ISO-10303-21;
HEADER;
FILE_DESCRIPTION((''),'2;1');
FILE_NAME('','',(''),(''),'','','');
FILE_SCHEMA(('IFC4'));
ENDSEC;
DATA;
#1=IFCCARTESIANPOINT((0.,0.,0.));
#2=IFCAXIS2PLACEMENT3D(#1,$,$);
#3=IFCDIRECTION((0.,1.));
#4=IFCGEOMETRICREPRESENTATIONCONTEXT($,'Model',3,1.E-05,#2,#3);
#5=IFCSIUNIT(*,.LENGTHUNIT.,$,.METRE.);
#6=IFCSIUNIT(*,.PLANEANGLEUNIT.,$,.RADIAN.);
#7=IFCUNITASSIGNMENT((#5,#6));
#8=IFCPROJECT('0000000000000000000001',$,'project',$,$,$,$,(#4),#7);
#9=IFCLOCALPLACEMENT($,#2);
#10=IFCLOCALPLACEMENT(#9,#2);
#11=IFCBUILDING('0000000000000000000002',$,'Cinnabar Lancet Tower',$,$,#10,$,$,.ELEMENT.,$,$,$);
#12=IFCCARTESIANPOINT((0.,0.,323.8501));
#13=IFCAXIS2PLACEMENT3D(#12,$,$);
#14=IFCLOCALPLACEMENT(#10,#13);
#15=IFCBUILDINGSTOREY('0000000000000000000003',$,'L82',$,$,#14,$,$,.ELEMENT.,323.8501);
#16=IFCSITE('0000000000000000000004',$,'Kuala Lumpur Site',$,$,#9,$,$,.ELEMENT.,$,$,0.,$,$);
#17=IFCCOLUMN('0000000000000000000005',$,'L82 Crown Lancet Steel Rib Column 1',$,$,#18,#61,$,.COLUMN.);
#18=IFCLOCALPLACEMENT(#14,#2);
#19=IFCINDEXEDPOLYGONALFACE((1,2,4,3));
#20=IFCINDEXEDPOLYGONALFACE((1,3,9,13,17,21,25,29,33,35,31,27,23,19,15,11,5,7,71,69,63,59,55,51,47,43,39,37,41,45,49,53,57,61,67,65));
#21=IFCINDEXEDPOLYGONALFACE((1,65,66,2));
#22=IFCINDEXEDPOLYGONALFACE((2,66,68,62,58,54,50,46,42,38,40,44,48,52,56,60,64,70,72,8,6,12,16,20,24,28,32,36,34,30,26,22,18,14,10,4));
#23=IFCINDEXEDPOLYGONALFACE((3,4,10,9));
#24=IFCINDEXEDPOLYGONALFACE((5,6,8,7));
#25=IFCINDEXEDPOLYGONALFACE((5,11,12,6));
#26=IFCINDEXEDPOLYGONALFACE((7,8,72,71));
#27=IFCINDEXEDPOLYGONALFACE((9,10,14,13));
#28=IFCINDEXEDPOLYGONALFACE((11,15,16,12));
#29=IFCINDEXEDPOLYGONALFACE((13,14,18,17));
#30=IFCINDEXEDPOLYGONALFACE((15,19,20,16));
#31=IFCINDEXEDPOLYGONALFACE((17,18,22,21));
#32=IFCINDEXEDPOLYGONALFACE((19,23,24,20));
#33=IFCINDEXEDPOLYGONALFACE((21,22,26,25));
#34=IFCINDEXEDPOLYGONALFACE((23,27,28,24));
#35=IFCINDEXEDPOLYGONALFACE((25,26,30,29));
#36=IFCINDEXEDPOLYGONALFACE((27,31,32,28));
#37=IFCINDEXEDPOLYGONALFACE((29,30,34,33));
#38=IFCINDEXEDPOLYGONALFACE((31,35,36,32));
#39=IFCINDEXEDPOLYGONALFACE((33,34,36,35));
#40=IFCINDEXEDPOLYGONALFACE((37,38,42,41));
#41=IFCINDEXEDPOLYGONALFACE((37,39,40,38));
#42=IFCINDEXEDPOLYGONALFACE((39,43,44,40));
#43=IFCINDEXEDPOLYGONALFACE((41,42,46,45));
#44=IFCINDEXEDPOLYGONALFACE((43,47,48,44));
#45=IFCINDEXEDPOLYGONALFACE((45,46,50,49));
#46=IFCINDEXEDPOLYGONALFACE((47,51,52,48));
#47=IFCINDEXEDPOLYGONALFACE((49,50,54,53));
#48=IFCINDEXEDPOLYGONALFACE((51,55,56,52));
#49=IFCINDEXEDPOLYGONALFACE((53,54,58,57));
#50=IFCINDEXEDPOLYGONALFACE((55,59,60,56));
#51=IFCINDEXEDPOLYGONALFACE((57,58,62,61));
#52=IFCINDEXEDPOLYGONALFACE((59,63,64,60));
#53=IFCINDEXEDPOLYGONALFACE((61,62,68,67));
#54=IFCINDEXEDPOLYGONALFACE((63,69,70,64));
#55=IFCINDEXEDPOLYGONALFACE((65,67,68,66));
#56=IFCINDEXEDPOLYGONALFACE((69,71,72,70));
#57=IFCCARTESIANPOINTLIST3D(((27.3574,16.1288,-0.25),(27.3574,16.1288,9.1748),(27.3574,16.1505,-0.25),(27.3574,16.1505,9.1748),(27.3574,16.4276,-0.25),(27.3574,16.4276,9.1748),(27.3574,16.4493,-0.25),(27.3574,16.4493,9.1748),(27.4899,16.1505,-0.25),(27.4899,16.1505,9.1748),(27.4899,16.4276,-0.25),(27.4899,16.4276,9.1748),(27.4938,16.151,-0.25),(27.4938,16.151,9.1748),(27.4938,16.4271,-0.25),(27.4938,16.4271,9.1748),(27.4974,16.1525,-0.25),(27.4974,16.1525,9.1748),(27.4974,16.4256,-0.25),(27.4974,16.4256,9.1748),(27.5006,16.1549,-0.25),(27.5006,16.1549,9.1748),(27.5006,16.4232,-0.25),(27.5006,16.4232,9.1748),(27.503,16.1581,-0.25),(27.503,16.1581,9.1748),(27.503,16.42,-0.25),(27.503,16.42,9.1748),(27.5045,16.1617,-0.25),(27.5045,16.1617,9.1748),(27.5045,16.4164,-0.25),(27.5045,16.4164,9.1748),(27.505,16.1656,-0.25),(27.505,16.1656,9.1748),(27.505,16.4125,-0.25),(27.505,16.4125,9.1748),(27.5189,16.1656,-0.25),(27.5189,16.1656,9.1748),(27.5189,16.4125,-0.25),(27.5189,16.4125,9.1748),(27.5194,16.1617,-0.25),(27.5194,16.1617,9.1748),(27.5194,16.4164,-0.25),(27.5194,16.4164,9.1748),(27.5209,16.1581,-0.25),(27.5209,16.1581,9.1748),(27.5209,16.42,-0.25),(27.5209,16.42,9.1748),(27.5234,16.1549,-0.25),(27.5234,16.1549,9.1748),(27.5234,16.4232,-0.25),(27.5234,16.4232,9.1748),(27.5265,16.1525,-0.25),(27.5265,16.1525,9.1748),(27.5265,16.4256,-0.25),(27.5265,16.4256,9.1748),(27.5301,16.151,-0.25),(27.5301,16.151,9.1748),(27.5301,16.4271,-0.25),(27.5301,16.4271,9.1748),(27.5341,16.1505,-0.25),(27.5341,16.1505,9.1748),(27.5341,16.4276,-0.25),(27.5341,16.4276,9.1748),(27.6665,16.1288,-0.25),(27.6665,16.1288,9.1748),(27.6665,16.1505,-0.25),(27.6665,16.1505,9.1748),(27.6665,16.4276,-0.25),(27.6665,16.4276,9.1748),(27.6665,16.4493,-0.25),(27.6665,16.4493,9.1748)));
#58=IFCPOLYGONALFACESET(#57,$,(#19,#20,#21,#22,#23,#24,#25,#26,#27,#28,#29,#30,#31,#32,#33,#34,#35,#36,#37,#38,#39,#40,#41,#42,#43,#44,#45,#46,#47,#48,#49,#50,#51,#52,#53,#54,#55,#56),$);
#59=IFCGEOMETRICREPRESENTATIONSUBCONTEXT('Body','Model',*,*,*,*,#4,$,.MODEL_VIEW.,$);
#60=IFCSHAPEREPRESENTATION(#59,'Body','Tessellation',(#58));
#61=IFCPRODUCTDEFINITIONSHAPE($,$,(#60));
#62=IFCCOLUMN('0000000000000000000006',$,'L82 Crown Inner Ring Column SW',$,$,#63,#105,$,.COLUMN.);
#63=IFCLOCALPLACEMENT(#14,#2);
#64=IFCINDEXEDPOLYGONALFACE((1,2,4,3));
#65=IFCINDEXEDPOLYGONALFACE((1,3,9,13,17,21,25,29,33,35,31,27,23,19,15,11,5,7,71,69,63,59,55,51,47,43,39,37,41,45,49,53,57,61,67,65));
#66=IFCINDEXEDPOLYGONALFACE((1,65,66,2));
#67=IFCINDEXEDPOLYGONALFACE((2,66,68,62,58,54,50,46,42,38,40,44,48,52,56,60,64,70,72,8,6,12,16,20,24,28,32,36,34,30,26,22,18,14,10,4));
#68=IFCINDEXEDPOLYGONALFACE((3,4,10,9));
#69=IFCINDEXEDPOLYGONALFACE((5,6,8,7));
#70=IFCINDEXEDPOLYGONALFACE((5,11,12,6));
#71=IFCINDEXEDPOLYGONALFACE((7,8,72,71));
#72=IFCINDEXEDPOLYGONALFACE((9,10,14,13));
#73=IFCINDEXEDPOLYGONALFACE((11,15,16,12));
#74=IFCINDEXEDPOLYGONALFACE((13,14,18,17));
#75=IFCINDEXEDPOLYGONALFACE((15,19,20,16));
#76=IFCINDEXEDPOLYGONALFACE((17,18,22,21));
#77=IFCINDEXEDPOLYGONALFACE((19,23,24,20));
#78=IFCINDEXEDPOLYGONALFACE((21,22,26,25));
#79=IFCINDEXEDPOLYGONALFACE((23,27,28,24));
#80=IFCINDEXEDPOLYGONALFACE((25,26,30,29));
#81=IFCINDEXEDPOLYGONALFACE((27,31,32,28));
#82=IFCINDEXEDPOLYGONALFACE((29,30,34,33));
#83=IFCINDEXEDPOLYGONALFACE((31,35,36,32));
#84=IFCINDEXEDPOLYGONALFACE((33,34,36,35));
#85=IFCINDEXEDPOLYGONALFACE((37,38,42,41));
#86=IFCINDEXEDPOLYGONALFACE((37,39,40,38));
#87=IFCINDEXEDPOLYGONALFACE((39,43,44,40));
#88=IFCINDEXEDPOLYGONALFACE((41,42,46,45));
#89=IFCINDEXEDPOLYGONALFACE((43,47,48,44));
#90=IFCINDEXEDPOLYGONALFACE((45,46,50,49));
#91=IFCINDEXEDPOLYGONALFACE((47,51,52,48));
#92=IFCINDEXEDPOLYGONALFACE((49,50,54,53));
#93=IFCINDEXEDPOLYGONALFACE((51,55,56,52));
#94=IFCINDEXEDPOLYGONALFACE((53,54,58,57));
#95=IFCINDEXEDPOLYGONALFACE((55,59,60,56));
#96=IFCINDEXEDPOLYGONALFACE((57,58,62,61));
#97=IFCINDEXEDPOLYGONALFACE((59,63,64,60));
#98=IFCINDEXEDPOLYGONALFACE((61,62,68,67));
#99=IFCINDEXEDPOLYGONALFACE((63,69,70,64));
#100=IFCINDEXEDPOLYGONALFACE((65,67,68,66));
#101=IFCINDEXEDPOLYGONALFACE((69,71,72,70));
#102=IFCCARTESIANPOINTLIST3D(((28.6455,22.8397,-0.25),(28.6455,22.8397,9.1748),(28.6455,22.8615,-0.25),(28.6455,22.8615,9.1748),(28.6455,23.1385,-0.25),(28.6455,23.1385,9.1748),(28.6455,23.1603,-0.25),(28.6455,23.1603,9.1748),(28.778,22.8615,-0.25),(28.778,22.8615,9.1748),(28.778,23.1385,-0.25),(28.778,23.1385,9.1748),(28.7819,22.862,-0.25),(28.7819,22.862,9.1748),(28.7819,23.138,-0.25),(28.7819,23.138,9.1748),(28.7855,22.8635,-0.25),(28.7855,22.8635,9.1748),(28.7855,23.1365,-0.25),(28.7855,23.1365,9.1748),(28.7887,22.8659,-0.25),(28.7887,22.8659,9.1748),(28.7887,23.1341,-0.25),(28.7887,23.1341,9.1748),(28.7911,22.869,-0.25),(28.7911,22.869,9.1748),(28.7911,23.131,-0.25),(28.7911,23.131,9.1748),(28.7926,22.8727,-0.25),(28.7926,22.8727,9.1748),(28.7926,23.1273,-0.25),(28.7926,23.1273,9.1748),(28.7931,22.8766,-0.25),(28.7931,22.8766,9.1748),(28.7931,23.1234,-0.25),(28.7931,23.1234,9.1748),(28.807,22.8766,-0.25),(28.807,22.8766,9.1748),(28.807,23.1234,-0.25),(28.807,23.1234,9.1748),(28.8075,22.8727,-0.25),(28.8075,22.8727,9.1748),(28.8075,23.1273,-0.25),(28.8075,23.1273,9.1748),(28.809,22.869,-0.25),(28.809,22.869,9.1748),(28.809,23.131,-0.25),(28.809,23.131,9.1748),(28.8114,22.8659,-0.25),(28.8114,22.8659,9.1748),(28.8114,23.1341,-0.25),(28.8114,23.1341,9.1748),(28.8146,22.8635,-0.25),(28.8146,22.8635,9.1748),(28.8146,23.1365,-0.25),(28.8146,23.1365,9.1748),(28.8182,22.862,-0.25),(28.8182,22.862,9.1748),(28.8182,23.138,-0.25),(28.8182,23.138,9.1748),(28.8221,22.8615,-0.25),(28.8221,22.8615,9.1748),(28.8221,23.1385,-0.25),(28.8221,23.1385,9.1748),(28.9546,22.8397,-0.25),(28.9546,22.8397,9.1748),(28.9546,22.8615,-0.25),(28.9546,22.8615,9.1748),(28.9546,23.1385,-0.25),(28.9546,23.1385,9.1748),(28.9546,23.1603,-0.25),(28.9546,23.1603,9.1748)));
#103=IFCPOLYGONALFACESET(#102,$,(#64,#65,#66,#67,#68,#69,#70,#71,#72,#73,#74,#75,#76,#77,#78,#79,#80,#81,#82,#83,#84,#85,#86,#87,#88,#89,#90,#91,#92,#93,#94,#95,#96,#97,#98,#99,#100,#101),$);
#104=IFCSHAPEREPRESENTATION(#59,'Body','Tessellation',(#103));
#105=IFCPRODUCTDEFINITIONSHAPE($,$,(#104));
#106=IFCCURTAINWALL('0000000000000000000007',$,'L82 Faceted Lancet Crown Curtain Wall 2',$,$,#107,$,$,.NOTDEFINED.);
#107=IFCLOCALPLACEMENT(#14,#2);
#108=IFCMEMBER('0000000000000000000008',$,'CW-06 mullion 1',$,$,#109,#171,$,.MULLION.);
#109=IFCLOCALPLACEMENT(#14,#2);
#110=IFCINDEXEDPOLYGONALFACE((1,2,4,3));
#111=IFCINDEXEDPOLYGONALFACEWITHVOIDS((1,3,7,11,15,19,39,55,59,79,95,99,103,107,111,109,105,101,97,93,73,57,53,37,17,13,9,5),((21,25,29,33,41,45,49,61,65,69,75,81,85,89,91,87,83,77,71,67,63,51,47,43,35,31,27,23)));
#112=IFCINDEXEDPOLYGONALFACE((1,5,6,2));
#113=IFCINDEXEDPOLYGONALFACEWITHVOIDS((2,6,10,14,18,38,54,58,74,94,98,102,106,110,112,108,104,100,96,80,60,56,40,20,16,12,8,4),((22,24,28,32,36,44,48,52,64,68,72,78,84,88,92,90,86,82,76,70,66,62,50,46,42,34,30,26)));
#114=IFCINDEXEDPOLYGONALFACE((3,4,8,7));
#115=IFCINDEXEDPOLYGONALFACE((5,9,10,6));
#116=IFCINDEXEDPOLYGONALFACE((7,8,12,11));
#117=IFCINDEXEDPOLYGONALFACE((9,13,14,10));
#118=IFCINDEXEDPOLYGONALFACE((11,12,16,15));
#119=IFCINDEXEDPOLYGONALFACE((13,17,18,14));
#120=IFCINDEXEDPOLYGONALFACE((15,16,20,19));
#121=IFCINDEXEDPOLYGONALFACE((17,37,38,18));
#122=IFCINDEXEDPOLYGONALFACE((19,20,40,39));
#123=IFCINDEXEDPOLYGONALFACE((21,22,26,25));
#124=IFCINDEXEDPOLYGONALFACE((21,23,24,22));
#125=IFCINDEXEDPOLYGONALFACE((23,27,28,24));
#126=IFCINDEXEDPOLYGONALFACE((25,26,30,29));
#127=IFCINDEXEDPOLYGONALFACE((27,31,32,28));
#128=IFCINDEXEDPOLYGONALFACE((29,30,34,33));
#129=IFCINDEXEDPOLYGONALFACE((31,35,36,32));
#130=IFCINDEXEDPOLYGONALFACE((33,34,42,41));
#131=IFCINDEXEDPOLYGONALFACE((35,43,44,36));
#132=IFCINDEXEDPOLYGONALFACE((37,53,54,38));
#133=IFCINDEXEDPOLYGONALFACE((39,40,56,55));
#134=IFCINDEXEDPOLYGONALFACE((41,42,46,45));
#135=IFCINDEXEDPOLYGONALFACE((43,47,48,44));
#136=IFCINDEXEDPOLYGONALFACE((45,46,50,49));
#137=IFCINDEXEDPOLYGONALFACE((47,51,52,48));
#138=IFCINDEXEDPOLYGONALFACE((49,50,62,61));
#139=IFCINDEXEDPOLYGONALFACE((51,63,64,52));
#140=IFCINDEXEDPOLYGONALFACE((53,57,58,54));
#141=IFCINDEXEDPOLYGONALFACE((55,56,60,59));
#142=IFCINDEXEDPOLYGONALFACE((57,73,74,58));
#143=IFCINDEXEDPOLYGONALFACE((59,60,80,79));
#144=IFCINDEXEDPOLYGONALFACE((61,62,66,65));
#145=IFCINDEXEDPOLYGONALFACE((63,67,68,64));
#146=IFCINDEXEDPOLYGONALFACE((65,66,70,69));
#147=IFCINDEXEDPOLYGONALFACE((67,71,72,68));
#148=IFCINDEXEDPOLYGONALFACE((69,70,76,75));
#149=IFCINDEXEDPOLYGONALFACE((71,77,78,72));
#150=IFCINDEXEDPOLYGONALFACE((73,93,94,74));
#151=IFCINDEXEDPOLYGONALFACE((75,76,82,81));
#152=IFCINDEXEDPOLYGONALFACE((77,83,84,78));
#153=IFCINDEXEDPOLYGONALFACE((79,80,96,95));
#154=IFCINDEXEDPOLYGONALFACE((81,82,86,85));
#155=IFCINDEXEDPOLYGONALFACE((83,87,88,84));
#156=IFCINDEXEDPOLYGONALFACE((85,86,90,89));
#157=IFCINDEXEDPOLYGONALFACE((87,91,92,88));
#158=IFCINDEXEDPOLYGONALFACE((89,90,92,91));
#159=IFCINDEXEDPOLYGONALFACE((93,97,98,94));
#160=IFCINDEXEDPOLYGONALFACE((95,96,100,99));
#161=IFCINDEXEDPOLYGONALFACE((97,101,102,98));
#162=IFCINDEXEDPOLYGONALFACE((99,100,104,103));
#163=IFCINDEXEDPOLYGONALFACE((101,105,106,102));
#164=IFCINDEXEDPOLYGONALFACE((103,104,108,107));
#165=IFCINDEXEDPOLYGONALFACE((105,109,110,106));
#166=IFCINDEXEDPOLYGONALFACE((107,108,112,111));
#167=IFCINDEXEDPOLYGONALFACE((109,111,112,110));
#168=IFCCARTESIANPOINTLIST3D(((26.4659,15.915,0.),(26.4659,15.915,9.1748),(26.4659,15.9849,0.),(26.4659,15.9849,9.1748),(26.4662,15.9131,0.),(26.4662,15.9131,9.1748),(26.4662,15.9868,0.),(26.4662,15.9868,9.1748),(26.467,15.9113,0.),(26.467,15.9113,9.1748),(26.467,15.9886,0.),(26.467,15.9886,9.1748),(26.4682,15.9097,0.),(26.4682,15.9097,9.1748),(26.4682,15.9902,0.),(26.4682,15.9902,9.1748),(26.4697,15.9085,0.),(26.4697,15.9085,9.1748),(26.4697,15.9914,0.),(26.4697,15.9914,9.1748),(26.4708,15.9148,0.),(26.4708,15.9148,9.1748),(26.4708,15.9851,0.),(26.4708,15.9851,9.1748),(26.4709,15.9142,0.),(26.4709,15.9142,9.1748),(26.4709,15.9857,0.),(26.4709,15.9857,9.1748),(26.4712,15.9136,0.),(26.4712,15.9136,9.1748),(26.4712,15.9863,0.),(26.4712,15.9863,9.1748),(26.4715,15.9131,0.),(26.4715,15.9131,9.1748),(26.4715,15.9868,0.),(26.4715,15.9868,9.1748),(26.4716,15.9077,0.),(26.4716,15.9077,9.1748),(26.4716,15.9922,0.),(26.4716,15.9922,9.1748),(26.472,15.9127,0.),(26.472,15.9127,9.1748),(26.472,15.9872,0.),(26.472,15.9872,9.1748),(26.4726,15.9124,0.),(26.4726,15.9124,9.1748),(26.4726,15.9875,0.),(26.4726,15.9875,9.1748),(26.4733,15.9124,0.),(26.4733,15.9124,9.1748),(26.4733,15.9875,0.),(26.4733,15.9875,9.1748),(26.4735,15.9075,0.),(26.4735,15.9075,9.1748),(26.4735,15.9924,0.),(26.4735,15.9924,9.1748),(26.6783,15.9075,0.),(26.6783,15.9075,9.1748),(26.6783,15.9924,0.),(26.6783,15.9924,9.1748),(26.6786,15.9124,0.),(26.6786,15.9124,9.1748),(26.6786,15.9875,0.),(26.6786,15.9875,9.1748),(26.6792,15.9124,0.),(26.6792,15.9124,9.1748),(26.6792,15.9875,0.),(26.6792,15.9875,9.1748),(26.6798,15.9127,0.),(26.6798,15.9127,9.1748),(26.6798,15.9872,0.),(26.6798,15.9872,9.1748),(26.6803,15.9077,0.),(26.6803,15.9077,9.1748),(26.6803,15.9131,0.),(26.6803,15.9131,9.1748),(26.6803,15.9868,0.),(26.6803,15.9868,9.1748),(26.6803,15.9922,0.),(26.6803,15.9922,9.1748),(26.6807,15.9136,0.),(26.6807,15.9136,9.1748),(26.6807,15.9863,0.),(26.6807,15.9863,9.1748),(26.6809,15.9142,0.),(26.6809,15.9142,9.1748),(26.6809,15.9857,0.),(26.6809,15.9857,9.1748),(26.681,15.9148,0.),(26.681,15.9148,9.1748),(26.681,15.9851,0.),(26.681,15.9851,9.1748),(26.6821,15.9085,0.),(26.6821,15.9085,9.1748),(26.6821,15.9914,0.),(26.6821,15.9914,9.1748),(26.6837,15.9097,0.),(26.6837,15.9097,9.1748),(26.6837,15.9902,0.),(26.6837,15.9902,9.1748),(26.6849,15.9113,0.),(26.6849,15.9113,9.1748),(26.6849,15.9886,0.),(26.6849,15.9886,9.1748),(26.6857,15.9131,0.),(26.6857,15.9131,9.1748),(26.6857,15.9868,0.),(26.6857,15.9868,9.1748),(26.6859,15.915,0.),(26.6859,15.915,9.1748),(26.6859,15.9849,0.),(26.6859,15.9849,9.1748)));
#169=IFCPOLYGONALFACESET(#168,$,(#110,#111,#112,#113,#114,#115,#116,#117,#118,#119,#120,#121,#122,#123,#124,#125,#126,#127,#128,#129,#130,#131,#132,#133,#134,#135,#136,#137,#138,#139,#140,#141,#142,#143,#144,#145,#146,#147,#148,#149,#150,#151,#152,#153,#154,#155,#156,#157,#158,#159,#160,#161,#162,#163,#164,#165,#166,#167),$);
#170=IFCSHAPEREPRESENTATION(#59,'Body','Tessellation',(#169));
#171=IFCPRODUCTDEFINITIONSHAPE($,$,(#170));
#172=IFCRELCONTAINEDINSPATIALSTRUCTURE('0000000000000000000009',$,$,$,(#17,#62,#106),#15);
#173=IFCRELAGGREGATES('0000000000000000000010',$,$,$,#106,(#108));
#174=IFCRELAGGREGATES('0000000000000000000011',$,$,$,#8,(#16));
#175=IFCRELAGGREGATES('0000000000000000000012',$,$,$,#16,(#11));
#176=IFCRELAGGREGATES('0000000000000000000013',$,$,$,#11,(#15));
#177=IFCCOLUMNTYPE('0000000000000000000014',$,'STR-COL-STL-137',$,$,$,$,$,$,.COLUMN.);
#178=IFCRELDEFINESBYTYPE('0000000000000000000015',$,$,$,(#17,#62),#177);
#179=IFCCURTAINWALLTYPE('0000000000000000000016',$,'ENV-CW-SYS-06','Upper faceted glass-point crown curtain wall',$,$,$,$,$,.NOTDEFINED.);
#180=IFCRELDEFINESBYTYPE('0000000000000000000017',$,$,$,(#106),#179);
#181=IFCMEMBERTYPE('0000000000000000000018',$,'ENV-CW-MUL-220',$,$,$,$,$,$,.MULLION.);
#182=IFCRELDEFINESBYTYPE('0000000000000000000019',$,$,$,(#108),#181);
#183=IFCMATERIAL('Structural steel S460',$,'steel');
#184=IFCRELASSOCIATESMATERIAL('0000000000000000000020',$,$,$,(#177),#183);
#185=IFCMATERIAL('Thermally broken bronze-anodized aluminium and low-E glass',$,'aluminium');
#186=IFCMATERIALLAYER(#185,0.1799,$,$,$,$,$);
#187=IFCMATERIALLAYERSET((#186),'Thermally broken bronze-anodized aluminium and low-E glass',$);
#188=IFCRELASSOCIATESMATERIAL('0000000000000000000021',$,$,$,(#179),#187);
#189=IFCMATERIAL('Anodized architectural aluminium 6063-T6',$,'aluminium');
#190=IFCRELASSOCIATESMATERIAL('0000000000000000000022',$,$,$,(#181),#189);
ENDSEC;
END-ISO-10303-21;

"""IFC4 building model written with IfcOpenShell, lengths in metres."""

from ifc_helpers import new_model, si_unit, direction, frame, origin, origin_2d, place, context, subcontext, project, spatial, hollow_rectangle, i_section, extrude, material, layer, layer_set, material_profile, profile_set, type_object, element, aggregate, save


model = new_model("IFC4")

# Units and contexts
model_context = context("Model", 3, precision=1e-05, world=origin(), true_north=direction((0.0, 1.0)))
body_context = subcontext(model_context, "Body", "Model", "MODEL_VIEW")
ifc_project = project(units=[si_unit("LENGTHUNIT", "METRE"), si_unit("PLANEANGLEUNIT", "RADIAN")], contexts=[model_context])

# Site, building, storey
site_placement = place(None, origin())
site = spatial("IfcSite", under=ifc_project, at=site_placement, Name="Kuala Lumpur Site", CompositionType="ELEMENT", RefElevation=0.0)
building_placement = place(site_placement, origin())
building = spatial("IfcBuilding", under=site, at=building_placement, Name="Cinnabar Lancet Tower", CompositionType="ELEMENT")
storey_placement = place(building_placement, frame((0.0, 0.0, 323.8501)))
storey = spatial("IfcBuildingStorey", under=building, at=storey_placement, Name="L82", CompositionType="ELEMENT", Elevation=323.8501)

# Columns
ifc_material_1 = material(Name="Structural steel S460", Category="steel")
ifc_material_profile_1 = material_profile(ifc_material_1, i_section(OverallWidth=0.3091, OverallDepth=0.3206, WebThickness=0.0139, FlangeThickness=0.0217, FilletRadius=0.0151, at=origin_2d()), Name="UKC 305x305x137")
ifc_profile_set_1 = profile_set([ifc_material_profile_1], Name="Structural steel S460")
column_type = type_object("IfcColumnType", Name="STR-COL-STL-137", PredefinedType="COLUMN", material=ifc_profile_set_1)
for number, where, z_axis, x_axis, name in (
    (1, (27.512, 16.2891, -0.25), (0.0, 0.0, 1.0), (1.0, 0.0, 0.0), "L82 Crown Lancet Steel Rib Column 1"),
    (2, (28.8, 23.0, -0.25), (0.0, 0.0, 1.0), (1.0, 0.0, 0.0), "L82 Crown Inner Ring Column SW"),
):
    element("IfcColumn", number, at=place(storey_placement, frame(where, z_axis=z_axis, x_axis=x_axis)), inside=storey, type_object=column_type, Name=name, PredefinedType="COLUMN", context=body_context, shape_type="SweptSolid", body=[
        extrude(i_section(OverallWidth=0.3091, OverallDepth=0.3206, WebThickness=0.0139, FlangeThickness=0.0217, FilletRadius=0.0151, at=origin_2d()), origin(), (0.0, 0.0, 1.0), 9.4248),
    ])

# Curtain wall, member
ifc_material_2 = material(Name="Thermally broken bronze-anodized aluminium and low-E glass", Category="aluminium")
ifc_layer_1 = layer(ifc_material_2, 0.1799)
ifc_layer_set_1 = layer_set([ifc_layer_1], Name="Thermally broken bronze-anodized aluminium and low-E glass")
curtain_wall_type = type_object("IfcCurtainWallType", Name="ENV-CW-SYS-06", Description="Upper faceted glass-point crown curtain wall", PredefinedType="NOTDEFINED", material=ifc_layer_set_1)
curtain_wall_1_placement = place(storey_placement, origin())
curtain_wall_1 = element("IfcCurtainWall", 3, at=curtain_wall_1_placement, inside=storey, type_object=curtain_wall_type, Name="L82 Faceted Lancet Crown Curtain Wall 2", PredefinedType="NOTDEFINED")
ifc_material_3 = material(Name="Anodized architectural aluminium 6063-T6", Category="aluminium")
ifc_material_profile_2 = material_profile(ifc_material_3, hollow_rectangle(XDim=0.085, YDim=0.22, WallThickness=0.0049, InnerFilletRadius=0.0024, OuterFilletRadius=0.0076, at=origin_2d()), Name="CW-MUL 220x85x5")
ifc_profile_set_2 = profile_set([ifc_material_profile_2], Name="Anodized architectural aluminium 6063-T6")
member_type_1 = type_object("IfcMemberType", Name="ENV-CW-MUL-220", PredefinedType="MULLION", material=ifc_profile_set_2)
member_1_placement = place(storey_placement, frame((26.5759, 15.95, 0.0), z_axis=(0.0, 0.0, 1.0), x_axis=(0.0, 1.0, 0.0)))
member_1 = element("IfcMember", 4, at=member_1_placement, type_object=member_type_1, Name="CW-06 mullion 1", PredefinedType="MULLION", context=body_context, shape_type="SweptSolid", body=[
    extrude(hollow_rectangle(XDim=0.085, YDim=0.22, WallThickness=0.0049, InnerFilletRadius=0.0024, OuterFilletRadius=0.0076, at=origin_2d()), origin(), (0.0, 0.0, 1.0), 9.1748),
])

aggregate(curtain_wall_1, [member_1])

save(model, "model.ifc")
